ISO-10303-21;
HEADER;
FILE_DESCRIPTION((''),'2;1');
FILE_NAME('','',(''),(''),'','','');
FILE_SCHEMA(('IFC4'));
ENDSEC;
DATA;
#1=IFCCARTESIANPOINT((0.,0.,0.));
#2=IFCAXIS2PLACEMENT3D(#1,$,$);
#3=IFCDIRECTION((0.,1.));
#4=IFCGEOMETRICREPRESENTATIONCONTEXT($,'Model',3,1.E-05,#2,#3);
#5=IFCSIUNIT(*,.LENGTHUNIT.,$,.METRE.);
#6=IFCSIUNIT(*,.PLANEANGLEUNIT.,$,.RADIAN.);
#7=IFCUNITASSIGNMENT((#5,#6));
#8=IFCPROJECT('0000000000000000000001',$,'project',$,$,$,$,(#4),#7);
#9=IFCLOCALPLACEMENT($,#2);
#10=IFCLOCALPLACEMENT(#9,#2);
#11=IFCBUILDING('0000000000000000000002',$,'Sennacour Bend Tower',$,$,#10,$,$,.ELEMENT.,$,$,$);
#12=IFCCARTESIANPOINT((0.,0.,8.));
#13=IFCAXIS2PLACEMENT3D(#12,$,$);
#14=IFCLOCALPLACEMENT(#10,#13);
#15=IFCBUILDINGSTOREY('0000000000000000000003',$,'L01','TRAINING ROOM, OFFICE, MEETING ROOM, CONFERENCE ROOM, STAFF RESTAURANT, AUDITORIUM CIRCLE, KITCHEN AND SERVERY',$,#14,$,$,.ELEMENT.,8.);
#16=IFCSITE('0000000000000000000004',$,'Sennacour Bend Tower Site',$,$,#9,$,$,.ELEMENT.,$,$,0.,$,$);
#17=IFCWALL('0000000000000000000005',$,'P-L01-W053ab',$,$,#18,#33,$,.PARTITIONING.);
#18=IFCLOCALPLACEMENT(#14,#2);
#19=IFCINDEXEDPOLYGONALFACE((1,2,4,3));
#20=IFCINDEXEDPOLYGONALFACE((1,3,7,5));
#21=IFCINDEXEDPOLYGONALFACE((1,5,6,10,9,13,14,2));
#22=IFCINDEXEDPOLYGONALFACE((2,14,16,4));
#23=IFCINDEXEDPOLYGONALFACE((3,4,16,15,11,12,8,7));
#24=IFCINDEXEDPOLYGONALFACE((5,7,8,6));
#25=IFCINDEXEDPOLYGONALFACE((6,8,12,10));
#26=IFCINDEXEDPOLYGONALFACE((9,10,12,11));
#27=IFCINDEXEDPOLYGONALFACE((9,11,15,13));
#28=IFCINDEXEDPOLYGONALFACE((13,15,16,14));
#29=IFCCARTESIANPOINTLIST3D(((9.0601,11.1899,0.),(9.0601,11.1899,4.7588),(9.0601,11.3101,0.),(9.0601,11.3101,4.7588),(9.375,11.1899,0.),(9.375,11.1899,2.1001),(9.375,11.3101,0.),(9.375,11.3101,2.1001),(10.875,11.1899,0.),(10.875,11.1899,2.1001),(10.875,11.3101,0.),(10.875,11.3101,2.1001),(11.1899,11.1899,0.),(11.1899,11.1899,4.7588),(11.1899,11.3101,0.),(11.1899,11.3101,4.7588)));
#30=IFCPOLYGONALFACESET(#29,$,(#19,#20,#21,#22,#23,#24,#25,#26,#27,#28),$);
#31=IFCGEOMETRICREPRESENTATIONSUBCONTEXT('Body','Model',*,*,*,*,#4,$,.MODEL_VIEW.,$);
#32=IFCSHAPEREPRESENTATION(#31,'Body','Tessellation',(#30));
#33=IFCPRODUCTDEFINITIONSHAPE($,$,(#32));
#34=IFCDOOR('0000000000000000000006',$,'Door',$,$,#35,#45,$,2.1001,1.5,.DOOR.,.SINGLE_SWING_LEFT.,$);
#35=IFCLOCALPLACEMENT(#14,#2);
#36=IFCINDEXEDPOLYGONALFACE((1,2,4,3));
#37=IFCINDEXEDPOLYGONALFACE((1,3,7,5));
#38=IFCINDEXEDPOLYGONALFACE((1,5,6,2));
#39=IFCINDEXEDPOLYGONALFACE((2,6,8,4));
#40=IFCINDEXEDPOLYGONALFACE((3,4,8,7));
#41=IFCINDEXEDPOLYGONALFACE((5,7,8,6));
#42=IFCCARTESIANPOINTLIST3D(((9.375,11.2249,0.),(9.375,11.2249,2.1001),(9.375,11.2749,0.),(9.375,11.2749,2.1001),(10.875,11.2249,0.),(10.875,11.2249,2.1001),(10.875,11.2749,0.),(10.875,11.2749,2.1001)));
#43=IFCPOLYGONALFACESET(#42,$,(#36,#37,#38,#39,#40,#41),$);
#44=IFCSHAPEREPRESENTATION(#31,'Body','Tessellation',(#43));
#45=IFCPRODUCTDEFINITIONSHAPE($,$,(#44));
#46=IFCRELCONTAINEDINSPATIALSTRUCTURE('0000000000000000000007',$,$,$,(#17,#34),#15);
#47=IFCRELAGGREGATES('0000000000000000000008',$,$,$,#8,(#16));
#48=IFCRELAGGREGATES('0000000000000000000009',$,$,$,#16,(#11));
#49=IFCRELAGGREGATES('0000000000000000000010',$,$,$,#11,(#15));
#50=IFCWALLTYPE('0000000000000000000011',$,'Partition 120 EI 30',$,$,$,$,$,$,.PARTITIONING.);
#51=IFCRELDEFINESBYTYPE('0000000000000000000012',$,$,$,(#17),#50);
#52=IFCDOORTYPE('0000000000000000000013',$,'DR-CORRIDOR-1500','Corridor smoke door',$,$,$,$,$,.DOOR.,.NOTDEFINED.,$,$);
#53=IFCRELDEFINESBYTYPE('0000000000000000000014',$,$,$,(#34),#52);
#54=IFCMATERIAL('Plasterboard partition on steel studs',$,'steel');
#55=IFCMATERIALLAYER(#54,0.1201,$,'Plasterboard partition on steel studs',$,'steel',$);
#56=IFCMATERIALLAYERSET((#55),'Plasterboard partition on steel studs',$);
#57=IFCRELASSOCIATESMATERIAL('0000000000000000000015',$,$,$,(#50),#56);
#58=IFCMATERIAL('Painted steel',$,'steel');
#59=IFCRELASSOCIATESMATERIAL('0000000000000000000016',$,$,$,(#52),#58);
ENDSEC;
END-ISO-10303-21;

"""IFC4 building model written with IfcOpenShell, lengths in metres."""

from ifc_helpers import new_model, si_unit, direction, frame, frame_2d, origin, place, context, subcontext, project, spatial, rectangle, extrude, material, layer, layer_set, type_object, element, fill, save


model = new_model("IFC4")

# Units and contexts
model_context = context("Model", 3, precision=1e-05, world=origin(), true_north=direction((0.0, 1.0)))
body_context = subcontext(model_context, "Body", "Model", "MODEL_VIEW")
ifc_project = project(units=[si_unit("LENGTHUNIT", "METRE"), si_unit("PLANEANGLEUNIT", "RADIAN")], contexts=[model_context])

# Site, building, storey
site_placement = place(None, origin())
site = spatial("IfcSite", under=ifc_project, at=site_placement, Name="Sennacour Bend Tower Site", CompositionType="ELEMENT", RefElevation=0.0)
building_placement = place(site_placement, origin())
building = spatial("IfcBuilding", under=site, at=building_placement, Name="Sennacour Bend Tower", CompositionType="ELEMENT")
storey_placement = place(building_placement, frame((0.0, 0.0, 8.0)))
storey = spatial("IfcBuildingStorey", under=building, at=storey_placement, Name="L01", Description="TRAINING ROOM, OFFICE, MEETING ROOM, CONFERENCE ROOM, STAFF RESTAURANT, AUDITORIUM CIRCLE, KITCHEN AND SERVERY", CompositionType="ELEMENT", Elevation=8.0)

# Shared definitions
ifc_material_1 = material(Name="Plasterboard partition on steel studs", Category="steel")

# Wall, opening, door
ifc_layer_1 = layer(ifc_material_1, 0.1201, Name="Plasterboard partition on steel studs", Category="steel")
ifc_layer_set_1 = layer_set([ifc_layer_1], Name="Plasterboard partition on steel studs")
wall_type_1 = type_object("IfcWallType", Name="Partition 120 EI 30", PredefinedType="PARTITIONING", material=ifc_layer_set_1)
wall_1_placement = place(storey_placement, frame((9.0601, 11.25, 0.0), z_axis=(0.0, 0.0, 1.0), x_axis=(1.0, 0.0, 0.0)))
wall_1 = element("IfcWall", 1, at=wall_1_placement, inside=storey, type_object=wall_type_1, Name="P-L01-W053ab", PredefinedType="PARTITIONING", context=body_context, shape_type="SweptSolid", body=[
    extrude(rectangle(XDim=2.1299, YDim=0.1201, at=frame_2d((1.0649, 0.0))), origin(), (0.0, 0.0, 1.0), 4.7588),
])
opening_1_placement = place(wall_1_placement, frame((0.3149, 0.0, 0.0)))
opening_1 = element("IfcOpeningElement", 2, at=opening_1_placement, cuts=wall_1, PredefinedType="OPENING", context=body_context, shape_type="SweptSolid", body=[
    extrude(rectangle(XDim=1.5, YDim=2.1001, at=frame_2d((0.75, 1.05))), frame((0.0, 0.0701, 0.0), z_axis=(0.0, -1.0, 0.0), x_axis=(1.0, 0.0, 0.0)), (0.0, 0.0, 1.0), 0.1401),
])
ifc_material_2 = material(Name="Painted steel", Category="steel")
door_type_1 = type_object("IfcDoorType", Name="DR-CORRIDOR-1500", Description="Corridor smoke door", OperationType="NOTDEFINED", PredefinedType="DOOR", material=ifc_material_2)
door_1_placement = place(opening_1_placement, origin())
door_1 = element("IfcDoor", 3, at=door_1_placement, inside=storey, type_object=door_type_1, Name="Door", OperationType="SINGLE_SWING_LEFT", OverallHeight=2.1001, OverallWidth=1.5, PredefinedType="DOOR", context=body_context, shape_type="SweptSolid", body=[
    extrude(rectangle(XDim=1.5, YDim=2.1001, at=frame_2d((0.75, 1.05))), frame((0.0, 0.0249, 0.0), z_axis=(0.0, -1.0, 0.0), x_axis=(1.0, 0.0, 0.0)), (0.0, 0.0, 1.0), 0.05),
])
fill(opening_1, door_1)

save(model, "model.ifc")
